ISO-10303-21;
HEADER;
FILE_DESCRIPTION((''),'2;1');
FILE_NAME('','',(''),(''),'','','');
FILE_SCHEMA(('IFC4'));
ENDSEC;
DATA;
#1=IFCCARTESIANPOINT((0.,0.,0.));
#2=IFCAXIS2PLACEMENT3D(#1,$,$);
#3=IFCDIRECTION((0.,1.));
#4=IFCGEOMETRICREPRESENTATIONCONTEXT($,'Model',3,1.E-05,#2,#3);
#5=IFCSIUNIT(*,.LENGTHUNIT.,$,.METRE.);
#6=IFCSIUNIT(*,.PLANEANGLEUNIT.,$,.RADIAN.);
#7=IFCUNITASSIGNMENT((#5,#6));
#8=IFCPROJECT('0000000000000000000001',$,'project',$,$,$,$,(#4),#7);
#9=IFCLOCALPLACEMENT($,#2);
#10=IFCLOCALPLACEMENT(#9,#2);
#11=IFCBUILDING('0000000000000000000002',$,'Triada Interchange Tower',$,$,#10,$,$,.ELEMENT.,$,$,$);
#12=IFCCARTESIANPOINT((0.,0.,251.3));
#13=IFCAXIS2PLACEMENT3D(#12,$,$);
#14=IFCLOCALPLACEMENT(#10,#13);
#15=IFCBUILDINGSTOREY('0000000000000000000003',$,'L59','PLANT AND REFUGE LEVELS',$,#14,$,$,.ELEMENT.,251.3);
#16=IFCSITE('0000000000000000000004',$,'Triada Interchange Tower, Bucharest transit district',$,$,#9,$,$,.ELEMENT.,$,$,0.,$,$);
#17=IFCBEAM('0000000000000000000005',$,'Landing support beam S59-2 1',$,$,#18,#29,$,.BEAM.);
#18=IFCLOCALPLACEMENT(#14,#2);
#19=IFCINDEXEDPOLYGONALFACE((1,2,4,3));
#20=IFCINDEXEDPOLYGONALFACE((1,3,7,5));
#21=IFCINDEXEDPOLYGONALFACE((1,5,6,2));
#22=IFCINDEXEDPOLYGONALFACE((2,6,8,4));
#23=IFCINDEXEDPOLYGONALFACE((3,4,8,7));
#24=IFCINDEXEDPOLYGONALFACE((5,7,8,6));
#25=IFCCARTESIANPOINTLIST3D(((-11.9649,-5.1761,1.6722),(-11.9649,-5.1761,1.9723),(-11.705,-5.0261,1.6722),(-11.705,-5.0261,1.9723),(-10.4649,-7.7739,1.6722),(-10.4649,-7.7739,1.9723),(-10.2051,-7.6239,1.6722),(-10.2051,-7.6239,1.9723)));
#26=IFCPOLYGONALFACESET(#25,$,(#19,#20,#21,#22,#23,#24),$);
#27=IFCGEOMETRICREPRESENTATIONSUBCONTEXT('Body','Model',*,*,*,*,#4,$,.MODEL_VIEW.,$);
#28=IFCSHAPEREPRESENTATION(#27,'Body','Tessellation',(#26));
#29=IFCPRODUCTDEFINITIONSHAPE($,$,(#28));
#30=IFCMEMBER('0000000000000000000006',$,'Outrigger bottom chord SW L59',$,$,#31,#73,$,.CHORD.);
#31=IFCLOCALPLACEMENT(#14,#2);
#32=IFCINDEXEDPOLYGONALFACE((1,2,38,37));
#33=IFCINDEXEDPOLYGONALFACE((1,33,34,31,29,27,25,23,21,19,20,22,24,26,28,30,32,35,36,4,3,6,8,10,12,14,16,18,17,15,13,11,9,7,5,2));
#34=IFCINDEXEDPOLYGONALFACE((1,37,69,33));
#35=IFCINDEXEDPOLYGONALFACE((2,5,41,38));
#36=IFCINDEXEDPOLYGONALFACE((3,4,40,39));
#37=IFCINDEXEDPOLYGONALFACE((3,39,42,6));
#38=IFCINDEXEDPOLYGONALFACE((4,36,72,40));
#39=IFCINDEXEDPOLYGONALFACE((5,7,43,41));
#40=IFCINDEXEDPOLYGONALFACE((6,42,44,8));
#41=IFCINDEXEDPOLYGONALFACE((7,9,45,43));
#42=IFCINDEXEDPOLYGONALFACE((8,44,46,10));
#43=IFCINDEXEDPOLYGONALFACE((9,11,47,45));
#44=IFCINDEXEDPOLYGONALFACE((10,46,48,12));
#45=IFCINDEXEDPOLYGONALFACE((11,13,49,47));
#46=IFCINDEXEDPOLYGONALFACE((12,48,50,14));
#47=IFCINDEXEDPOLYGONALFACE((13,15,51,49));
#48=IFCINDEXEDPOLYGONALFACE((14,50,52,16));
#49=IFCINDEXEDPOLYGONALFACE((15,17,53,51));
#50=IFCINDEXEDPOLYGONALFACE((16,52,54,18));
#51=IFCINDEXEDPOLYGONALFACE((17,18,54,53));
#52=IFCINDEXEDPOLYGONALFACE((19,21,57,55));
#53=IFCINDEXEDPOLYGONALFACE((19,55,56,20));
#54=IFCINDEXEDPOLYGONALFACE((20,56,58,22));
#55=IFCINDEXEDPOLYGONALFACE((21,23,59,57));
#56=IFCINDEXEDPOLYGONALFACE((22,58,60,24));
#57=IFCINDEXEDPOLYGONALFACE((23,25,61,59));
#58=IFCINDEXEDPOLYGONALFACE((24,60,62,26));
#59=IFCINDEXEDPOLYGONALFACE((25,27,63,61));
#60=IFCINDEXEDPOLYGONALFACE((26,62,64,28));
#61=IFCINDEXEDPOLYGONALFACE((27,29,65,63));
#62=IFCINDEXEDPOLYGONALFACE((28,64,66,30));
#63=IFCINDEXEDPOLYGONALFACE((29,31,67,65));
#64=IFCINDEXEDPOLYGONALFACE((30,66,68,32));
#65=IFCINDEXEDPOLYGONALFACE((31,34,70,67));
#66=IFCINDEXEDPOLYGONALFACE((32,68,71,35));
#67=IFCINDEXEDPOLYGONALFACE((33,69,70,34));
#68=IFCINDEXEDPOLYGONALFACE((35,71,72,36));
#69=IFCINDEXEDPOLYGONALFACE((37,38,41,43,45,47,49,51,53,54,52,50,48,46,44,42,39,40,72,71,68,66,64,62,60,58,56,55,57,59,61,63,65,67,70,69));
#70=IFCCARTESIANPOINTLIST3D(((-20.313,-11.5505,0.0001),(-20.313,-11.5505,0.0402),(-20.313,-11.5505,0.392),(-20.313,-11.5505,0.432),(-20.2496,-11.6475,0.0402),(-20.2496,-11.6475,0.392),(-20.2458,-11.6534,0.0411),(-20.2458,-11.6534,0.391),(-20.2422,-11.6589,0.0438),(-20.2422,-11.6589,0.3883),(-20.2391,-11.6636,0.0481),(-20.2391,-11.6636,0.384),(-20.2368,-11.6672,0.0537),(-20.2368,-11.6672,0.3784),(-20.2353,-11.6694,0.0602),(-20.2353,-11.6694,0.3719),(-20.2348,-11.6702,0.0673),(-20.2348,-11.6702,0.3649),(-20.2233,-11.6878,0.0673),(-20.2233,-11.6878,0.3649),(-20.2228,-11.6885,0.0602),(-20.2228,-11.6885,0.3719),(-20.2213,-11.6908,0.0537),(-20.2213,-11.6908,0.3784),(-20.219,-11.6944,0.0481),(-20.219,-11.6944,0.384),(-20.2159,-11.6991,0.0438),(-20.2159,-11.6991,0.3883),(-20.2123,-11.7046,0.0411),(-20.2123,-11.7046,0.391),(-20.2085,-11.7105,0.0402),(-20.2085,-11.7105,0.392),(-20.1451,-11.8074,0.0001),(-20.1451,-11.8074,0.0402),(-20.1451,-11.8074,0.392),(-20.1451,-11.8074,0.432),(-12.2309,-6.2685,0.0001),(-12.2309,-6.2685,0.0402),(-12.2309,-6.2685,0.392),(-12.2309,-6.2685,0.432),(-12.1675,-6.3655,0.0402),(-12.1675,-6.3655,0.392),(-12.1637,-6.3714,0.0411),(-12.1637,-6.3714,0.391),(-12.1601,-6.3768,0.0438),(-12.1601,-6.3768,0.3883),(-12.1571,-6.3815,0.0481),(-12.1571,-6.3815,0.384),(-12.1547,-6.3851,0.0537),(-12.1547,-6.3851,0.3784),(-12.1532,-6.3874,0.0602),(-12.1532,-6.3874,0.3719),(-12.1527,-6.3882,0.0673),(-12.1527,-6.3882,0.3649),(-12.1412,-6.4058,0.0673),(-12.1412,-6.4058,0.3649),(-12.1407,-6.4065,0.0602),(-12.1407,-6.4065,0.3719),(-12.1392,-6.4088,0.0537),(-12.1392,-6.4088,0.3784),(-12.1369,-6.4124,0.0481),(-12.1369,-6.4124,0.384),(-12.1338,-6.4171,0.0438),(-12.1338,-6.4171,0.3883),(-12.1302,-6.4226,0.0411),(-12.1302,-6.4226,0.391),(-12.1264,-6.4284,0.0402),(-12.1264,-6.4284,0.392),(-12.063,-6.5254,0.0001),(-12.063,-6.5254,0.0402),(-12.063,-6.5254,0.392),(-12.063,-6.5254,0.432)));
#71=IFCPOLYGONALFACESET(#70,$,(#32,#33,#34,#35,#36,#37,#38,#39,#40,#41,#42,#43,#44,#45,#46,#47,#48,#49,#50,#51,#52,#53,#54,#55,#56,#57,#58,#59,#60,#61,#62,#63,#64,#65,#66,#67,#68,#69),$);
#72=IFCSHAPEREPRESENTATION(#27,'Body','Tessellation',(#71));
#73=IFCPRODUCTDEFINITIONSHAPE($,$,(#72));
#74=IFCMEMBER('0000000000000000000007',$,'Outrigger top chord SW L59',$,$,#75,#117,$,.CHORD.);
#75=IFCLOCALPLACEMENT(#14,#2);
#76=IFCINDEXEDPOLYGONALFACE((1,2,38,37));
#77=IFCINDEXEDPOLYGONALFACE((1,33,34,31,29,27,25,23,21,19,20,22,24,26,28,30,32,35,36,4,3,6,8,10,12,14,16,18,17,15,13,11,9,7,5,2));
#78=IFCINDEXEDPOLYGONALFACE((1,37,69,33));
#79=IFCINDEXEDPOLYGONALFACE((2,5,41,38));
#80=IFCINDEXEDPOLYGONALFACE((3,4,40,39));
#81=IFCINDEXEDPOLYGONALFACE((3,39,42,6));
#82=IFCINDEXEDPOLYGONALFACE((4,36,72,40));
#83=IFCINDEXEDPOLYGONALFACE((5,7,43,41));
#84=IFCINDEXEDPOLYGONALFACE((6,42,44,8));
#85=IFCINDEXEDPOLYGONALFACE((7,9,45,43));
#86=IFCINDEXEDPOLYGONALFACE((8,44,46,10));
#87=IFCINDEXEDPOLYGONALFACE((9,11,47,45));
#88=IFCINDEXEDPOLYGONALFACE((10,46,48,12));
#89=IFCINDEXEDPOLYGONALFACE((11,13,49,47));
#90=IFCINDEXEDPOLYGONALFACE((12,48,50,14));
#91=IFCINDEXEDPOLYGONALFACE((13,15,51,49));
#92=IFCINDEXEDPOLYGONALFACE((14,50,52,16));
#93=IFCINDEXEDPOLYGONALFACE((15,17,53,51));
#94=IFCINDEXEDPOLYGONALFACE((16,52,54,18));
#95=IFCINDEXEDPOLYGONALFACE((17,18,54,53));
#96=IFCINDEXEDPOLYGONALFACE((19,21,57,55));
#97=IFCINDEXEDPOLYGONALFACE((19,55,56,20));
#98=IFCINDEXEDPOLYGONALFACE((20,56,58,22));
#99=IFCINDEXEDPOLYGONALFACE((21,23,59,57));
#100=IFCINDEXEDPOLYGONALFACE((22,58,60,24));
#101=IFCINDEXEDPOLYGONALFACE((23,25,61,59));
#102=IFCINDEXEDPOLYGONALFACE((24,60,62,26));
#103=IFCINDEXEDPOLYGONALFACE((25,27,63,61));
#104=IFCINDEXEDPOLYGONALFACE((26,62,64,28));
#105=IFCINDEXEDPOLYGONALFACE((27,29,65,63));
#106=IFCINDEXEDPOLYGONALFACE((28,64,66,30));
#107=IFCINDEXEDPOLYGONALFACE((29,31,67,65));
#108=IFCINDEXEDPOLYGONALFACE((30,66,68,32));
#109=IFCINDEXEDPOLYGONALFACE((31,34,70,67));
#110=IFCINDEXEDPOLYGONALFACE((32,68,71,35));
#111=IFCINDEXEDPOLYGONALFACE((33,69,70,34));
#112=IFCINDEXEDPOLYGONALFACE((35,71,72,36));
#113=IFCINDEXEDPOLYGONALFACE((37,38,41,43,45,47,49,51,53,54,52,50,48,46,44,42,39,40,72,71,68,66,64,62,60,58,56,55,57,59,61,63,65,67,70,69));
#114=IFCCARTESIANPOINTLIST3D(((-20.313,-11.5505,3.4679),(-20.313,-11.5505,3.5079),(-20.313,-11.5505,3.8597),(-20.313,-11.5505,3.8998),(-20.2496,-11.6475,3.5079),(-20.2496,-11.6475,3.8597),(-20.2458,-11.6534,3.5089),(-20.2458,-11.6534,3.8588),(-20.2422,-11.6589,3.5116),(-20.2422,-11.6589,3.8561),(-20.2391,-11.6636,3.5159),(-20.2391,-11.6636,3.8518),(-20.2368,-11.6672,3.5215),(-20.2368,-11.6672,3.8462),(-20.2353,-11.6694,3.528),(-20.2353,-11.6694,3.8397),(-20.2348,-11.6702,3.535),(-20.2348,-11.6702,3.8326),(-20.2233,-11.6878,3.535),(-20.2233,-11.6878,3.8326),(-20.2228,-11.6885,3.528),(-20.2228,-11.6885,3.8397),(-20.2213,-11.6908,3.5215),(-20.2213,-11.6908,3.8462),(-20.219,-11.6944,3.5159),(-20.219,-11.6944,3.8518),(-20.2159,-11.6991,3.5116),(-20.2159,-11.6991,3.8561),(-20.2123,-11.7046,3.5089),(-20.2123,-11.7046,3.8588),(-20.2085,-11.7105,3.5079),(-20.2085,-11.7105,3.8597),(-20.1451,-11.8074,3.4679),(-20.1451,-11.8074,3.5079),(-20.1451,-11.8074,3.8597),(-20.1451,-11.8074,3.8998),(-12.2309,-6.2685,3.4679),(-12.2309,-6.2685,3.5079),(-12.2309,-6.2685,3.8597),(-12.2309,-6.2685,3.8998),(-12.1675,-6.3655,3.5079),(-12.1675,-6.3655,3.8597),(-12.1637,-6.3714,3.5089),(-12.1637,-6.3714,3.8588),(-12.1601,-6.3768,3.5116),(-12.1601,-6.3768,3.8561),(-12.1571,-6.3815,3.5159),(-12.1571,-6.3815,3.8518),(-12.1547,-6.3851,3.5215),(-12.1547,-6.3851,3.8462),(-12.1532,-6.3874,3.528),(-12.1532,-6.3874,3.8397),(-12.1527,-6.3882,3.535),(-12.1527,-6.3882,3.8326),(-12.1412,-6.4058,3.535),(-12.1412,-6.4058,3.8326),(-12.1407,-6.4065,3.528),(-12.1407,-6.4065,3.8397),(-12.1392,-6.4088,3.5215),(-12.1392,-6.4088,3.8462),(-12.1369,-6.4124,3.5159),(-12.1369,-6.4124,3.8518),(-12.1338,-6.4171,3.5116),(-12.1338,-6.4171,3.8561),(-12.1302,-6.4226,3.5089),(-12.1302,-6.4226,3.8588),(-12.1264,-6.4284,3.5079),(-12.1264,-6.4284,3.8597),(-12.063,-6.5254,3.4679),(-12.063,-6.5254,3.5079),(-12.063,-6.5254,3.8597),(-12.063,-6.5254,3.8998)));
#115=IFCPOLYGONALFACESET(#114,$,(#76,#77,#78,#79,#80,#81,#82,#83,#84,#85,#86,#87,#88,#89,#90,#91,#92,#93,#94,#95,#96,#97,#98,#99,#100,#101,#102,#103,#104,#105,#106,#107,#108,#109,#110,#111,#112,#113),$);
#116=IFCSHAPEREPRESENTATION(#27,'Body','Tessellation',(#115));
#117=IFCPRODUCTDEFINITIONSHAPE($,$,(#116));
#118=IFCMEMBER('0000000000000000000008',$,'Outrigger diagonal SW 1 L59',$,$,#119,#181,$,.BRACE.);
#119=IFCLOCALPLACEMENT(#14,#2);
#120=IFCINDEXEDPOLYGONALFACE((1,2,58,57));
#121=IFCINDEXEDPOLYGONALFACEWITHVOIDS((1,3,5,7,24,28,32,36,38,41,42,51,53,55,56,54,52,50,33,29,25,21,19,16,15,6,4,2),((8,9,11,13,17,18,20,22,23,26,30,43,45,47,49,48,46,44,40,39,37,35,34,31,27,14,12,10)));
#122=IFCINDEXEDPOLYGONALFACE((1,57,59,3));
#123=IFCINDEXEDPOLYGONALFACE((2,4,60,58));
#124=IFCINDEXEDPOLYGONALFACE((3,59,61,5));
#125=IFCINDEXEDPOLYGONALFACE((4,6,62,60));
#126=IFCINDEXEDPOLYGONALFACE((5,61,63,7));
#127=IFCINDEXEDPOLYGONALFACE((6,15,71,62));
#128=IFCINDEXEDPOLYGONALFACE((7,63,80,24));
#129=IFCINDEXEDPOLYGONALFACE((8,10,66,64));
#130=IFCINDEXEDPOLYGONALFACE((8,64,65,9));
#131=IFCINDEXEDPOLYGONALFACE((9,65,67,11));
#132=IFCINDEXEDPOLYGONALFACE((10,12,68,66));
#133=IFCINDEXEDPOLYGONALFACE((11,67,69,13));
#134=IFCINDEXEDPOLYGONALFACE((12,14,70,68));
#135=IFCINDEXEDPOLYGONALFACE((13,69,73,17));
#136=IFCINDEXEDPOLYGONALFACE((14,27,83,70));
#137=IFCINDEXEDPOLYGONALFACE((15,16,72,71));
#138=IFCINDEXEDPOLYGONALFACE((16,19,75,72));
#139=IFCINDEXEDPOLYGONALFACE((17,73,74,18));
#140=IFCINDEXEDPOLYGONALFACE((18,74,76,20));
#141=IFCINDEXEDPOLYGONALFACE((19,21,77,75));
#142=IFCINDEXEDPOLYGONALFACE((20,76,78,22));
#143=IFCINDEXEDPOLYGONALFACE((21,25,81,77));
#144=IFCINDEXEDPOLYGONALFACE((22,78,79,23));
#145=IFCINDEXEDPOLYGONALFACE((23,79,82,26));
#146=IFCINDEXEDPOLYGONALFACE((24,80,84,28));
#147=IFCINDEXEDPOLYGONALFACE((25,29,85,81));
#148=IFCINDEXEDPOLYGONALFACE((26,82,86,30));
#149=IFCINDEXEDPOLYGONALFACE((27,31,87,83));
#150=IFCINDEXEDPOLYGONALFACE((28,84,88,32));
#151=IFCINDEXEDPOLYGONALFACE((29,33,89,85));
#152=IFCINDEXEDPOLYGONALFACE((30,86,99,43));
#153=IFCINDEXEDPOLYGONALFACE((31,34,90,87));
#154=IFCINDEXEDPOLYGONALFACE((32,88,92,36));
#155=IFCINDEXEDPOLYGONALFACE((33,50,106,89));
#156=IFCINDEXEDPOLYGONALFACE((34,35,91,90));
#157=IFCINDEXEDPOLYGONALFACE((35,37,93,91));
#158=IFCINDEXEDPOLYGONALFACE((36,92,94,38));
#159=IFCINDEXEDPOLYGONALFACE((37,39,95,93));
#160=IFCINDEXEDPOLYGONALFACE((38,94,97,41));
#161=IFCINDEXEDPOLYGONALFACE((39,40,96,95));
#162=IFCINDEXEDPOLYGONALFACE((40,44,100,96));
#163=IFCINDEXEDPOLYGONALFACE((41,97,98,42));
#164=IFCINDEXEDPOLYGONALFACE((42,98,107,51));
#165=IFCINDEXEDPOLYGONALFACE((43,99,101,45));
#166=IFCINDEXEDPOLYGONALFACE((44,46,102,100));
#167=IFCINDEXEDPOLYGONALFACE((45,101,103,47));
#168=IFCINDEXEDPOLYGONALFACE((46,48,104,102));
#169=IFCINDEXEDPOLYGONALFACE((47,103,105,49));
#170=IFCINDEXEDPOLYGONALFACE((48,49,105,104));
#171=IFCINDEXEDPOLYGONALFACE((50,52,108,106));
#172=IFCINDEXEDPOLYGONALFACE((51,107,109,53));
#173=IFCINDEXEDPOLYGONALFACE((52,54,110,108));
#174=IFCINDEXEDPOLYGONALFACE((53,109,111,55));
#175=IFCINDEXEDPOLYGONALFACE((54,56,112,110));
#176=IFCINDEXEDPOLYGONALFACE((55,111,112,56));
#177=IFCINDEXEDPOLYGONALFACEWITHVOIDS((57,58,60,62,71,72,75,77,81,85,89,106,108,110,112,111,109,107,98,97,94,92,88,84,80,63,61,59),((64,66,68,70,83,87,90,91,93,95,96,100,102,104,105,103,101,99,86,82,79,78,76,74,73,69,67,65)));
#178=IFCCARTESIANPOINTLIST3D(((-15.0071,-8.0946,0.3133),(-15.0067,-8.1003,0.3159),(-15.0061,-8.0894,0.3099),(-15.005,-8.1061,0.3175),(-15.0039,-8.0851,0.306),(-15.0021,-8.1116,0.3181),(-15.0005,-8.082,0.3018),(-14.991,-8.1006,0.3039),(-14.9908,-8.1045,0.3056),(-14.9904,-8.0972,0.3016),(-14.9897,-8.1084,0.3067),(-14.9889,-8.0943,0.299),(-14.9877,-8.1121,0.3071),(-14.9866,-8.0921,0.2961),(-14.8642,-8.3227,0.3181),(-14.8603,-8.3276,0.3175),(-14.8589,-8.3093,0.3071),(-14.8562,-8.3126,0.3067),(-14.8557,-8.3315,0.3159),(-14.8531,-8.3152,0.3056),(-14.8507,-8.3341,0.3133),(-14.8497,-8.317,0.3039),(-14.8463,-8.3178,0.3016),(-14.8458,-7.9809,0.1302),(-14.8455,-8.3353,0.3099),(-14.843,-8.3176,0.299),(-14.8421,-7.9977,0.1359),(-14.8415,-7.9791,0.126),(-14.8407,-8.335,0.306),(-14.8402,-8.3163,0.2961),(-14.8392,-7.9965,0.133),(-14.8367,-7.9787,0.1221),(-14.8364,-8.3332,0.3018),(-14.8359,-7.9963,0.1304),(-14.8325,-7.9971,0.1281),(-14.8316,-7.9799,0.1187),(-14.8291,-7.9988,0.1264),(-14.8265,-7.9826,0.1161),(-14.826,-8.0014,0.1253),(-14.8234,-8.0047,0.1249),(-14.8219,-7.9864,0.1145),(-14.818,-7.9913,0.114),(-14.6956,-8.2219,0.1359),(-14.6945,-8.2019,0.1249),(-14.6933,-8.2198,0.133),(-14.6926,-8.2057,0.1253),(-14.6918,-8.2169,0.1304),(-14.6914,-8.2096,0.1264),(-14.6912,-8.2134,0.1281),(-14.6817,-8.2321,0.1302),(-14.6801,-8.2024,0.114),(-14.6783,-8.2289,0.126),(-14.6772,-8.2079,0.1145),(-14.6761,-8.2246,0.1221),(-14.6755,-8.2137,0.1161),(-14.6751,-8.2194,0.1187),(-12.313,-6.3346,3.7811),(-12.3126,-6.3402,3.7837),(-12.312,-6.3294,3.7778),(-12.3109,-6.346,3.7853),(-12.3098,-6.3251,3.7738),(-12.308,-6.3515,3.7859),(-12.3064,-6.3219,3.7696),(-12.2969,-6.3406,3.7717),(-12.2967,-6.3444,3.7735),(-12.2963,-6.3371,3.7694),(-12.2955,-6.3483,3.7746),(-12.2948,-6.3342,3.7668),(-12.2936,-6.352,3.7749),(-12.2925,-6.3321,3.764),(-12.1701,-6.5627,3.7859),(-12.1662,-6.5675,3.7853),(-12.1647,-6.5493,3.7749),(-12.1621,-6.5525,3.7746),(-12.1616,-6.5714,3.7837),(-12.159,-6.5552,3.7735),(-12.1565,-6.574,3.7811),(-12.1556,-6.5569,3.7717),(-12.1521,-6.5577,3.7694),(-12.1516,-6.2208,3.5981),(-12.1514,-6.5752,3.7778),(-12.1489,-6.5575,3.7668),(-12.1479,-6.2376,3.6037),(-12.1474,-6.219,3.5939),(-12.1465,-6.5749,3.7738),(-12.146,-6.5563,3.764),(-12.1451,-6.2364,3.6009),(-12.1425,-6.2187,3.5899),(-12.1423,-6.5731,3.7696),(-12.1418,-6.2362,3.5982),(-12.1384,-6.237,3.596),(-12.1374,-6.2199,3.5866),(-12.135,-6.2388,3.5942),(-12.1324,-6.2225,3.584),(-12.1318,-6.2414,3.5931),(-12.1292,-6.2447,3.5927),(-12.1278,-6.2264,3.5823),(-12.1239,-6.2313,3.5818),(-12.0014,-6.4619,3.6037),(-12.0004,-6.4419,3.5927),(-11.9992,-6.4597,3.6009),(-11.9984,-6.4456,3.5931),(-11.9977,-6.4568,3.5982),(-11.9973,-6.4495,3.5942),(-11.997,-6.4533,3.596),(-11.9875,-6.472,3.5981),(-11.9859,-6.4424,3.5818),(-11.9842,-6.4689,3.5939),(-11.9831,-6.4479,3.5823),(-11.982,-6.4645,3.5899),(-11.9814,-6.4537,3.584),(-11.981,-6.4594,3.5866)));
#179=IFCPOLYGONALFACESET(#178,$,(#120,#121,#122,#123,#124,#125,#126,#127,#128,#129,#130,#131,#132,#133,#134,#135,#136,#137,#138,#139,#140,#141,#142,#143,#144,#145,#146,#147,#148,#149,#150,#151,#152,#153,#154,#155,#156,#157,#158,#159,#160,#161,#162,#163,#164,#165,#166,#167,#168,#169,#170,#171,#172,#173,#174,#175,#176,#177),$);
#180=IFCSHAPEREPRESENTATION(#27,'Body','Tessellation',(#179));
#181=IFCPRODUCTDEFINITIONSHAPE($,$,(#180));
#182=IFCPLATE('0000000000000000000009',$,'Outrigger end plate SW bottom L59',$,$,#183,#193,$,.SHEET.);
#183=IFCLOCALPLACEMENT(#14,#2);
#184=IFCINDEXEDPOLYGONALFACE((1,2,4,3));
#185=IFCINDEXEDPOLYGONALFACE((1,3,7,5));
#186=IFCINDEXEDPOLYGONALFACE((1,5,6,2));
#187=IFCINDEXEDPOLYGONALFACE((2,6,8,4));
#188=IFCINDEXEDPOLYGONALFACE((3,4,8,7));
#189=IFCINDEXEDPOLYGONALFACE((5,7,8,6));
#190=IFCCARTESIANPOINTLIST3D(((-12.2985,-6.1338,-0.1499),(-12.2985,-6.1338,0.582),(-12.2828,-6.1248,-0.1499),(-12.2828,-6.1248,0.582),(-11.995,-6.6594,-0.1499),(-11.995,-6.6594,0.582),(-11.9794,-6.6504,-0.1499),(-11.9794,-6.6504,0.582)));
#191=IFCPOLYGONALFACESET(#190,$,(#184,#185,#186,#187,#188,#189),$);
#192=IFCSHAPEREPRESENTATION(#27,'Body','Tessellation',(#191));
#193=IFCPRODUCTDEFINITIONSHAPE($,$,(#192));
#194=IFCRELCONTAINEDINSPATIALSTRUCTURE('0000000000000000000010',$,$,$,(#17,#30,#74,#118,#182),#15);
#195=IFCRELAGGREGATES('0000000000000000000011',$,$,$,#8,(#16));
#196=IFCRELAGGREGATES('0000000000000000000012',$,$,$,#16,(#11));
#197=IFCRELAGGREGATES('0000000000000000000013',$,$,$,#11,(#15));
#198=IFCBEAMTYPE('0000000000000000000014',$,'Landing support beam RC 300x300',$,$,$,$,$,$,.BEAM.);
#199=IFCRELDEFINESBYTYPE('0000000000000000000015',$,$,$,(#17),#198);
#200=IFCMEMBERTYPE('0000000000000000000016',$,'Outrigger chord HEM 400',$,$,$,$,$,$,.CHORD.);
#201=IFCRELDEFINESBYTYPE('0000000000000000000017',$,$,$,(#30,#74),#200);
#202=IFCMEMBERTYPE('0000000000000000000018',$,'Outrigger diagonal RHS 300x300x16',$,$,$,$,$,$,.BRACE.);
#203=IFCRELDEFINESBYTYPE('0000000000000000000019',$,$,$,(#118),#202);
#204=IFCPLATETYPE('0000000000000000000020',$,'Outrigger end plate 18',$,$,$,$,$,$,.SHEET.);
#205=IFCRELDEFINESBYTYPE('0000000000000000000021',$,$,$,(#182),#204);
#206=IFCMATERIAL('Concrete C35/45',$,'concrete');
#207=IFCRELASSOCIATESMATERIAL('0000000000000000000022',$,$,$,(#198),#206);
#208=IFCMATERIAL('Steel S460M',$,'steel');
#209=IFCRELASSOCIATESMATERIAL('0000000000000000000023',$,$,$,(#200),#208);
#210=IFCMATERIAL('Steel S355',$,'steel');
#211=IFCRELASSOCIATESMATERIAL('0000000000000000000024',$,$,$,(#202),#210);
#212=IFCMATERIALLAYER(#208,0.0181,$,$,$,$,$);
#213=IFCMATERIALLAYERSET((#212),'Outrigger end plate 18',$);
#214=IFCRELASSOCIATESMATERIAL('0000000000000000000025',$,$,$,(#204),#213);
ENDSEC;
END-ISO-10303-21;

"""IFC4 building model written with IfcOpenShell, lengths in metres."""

from ifc_helpers import new_model, si_unit, direction, frame, origin, origin_2d, place, context, subcontext, project, spatial, rectangle, hollow_rectangle, i_section, extrude, material, layer, layer_set, material_profile, profile_set, type_object, element, save


model = new_model("IFC4")

# Units and contexts
model_context = context("Model", 3, precision=1e-05, world=origin(), true_north=direction((0.0, 1.0)))
body_context = subcontext(model_context, "Body", "Model", "MODEL_VIEW")
ifc_project = project(units=[si_unit("LENGTHUNIT", "METRE"), si_unit("PLANEANGLEUNIT", "RADIAN")], contexts=[model_context])

# Site, building, storey
site_placement = place(None, origin())
site = spatial("IfcSite", under=ifc_project, at=site_placement, Name="Triada Interchange Tower, Bucharest transit district", CompositionType="ELEMENT", RefElevation=0.0)
building_placement = place(site_placement, origin())
building = spatial("IfcBuilding", under=site, at=building_placement, Name="Triada Interchange Tower", CompositionType="ELEMENT")
storey_placement = place(building_placement, frame((0.0, 0.0, 251.3)))
storey = spatial("IfcBuildingStorey", under=building, at=storey_placement, Name="L59", Description="PLANT AND REFUGE LEVELS", CompositionType="ELEMENT", Elevation=251.3)

# Beam
ifc_material_1 = material(Name="Concrete C35/45", Category="concrete")
ifc_material_profile_1 = material_profile(ifc_material_1, rectangle(XDim=0.3, YDim=0.3, at=origin_2d()), Name="RC 300x300")
ifc_profile_set_1 = profile_set([ifc_material_profile_1], Name="Concrete C35/45")
beam_type = type_object("IfcBeamType", Name="Landing support beam RC 300x300", PredefinedType="BEAM", material=ifc_profile_set_1)
beam_placement = place(storey_placement, frame((-11.835, -5.1011, 1.8223), z_axis=(0.500025, -0.866011, 0.0), x_axis=(0.866011, 0.500025, 0.0)))
element("IfcBeam", 1, at=beam_placement, inside=storey, type_object=beam_type, Name="Landing support beam S59-2 1", PredefinedType="BEAM", context=body_context, shape_type="SweptSolid", body=[
    extrude(rectangle(XDim=0.3, YDim=0.3, at=origin_2d()), origin(), (0.0, 0.0, 1.0), 2.9998),
])

# Members
ifc_material_2 = material(Name="Steel S460M", Category="steel")
ifc_material_profile_2 = material_profile(ifc_material_2, i_section(OverallWidth=0.3069, OverallDepth=0.4319, WebThickness=0.021, FlangeThickness=0.04, FilletRadius=0.0271, at=origin_2d()), Name="HEM 400")
ifc_profile_set_2 = profile_set([ifc_material_profile_2], Name="Steel S460M")
member_type_1 = type_object("IfcMemberType", Name="Outrigger chord HEM 400", PredefinedType="CHORD", material=ifc_profile_set_2)
for number, where, z_axis, x_axis, name in (
    (2, (-12.147, -6.397, 0.2161), (-0.837085, -0.547074, 0.0), (0.547074, -0.837085, 0.0), "Outrigger bottom chord SW L59"),
    (3, (-12.147, -6.397, 3.6838), (-0.837085, -0.547074, 0.0), (0.547074, -0.837085, 0.0), "Outrigger top chord SW L59"),
):
    element("IfcMember", number, at=place(storey_placement, frame(where, z_axis=z_axis, x_axis=x_axis)), inside=storey, type_object=member_type_1, Name=name, PredefinedType="CHORD", context=body_context, shape_type="SweptSolid", body=[
        extrude(i_section(OverallWidth=0.3069, OverallDepth=0.4319, WebThickness=0.021, FlangeThickness=0.04, FilletRadius=0.0271, at=origin_2d()), origin(), (0.0, 0.0, 1.0), 9.655),
    ])
ifc_material_3 = material(Name="Steel S355", Category="steel")
ifc_material_profile_3 = material_profile(ifc_material_3, hollow_rectangle(XDim=0.3, YDim=0.3, WallThickness=0.0161, InnerFilletRadius=0.0161, OuterFilletRadius=0.0239, at=origin_2d()), Name="RHS 300x300x16")
ifc_profile_set_3 = profile_set([ifc_material_profile_3], Name="Steel S355")
member_type_2 = type_object("IfcMemberType", Name="Outrigger diagonal RHS 300x300x16", PredefinedType="BRACE", material=ifc_profile_set_3)
member_placement = place(storey_placement, frame((-12.147, -6.397, 3.6838), z_axis=(-0.56947, -0.372026, -0.733008), x_axis=(0.54692, -0.837185, 0.0)))
element("IfcMember", 4, at=member_placement, inside=storey, type_object=member_type_2, Name="Outrigger diagonal SW 1 L59", PredefinedType="BRACE", context=body_context, shape_type="SweptSolid", body=[
    extrude(hollow_rectangle(XDim=0.3, YDim=0.3, WallThickness=0.0161, InnerFilletRadius=0.0161, OuterFilletRadius=0.0239, at=origin_2d()), origin(), (0.0, 0.0, 1.0), 4.731),
])

# Plate
ifc_layer_1 = layer(ifc_material_2, 0.0181)
ifc_layer_set_1 = layer_set([ifc_layer_1], Name="Outrigger end plate 18")
plate_type = type_object("IfcPlateType", Name="Outrigger end plate 18", PredefinedType="SHEET", material=ifc_layer_set_1)
for number, where, z_axis, x_axis, name in (
    (5, (-12.1389, -6.3921, -0.1499), (0.0, 0.0, 1.0), (-0.866025, -0.5, 0.0), "Outrigger end plate SW bottom L59"),
):
    element("IfcPlate", number, at=place(storey_placement, frame(where, z_axis=z_axis, x_axis=x_axis)), inside=storey, type_object=plate_type, Name=name, PredefinedType="SHEET", context=body_context, shape_type="SweptSolid", body=[
        extrude(rectangle(XDim=0.0181, YDim=0.6069, at=origin_2d()), origin(), (0.0, 0.0, 1.0), 0.7319),
    ])

save(model, "model.ifc")
